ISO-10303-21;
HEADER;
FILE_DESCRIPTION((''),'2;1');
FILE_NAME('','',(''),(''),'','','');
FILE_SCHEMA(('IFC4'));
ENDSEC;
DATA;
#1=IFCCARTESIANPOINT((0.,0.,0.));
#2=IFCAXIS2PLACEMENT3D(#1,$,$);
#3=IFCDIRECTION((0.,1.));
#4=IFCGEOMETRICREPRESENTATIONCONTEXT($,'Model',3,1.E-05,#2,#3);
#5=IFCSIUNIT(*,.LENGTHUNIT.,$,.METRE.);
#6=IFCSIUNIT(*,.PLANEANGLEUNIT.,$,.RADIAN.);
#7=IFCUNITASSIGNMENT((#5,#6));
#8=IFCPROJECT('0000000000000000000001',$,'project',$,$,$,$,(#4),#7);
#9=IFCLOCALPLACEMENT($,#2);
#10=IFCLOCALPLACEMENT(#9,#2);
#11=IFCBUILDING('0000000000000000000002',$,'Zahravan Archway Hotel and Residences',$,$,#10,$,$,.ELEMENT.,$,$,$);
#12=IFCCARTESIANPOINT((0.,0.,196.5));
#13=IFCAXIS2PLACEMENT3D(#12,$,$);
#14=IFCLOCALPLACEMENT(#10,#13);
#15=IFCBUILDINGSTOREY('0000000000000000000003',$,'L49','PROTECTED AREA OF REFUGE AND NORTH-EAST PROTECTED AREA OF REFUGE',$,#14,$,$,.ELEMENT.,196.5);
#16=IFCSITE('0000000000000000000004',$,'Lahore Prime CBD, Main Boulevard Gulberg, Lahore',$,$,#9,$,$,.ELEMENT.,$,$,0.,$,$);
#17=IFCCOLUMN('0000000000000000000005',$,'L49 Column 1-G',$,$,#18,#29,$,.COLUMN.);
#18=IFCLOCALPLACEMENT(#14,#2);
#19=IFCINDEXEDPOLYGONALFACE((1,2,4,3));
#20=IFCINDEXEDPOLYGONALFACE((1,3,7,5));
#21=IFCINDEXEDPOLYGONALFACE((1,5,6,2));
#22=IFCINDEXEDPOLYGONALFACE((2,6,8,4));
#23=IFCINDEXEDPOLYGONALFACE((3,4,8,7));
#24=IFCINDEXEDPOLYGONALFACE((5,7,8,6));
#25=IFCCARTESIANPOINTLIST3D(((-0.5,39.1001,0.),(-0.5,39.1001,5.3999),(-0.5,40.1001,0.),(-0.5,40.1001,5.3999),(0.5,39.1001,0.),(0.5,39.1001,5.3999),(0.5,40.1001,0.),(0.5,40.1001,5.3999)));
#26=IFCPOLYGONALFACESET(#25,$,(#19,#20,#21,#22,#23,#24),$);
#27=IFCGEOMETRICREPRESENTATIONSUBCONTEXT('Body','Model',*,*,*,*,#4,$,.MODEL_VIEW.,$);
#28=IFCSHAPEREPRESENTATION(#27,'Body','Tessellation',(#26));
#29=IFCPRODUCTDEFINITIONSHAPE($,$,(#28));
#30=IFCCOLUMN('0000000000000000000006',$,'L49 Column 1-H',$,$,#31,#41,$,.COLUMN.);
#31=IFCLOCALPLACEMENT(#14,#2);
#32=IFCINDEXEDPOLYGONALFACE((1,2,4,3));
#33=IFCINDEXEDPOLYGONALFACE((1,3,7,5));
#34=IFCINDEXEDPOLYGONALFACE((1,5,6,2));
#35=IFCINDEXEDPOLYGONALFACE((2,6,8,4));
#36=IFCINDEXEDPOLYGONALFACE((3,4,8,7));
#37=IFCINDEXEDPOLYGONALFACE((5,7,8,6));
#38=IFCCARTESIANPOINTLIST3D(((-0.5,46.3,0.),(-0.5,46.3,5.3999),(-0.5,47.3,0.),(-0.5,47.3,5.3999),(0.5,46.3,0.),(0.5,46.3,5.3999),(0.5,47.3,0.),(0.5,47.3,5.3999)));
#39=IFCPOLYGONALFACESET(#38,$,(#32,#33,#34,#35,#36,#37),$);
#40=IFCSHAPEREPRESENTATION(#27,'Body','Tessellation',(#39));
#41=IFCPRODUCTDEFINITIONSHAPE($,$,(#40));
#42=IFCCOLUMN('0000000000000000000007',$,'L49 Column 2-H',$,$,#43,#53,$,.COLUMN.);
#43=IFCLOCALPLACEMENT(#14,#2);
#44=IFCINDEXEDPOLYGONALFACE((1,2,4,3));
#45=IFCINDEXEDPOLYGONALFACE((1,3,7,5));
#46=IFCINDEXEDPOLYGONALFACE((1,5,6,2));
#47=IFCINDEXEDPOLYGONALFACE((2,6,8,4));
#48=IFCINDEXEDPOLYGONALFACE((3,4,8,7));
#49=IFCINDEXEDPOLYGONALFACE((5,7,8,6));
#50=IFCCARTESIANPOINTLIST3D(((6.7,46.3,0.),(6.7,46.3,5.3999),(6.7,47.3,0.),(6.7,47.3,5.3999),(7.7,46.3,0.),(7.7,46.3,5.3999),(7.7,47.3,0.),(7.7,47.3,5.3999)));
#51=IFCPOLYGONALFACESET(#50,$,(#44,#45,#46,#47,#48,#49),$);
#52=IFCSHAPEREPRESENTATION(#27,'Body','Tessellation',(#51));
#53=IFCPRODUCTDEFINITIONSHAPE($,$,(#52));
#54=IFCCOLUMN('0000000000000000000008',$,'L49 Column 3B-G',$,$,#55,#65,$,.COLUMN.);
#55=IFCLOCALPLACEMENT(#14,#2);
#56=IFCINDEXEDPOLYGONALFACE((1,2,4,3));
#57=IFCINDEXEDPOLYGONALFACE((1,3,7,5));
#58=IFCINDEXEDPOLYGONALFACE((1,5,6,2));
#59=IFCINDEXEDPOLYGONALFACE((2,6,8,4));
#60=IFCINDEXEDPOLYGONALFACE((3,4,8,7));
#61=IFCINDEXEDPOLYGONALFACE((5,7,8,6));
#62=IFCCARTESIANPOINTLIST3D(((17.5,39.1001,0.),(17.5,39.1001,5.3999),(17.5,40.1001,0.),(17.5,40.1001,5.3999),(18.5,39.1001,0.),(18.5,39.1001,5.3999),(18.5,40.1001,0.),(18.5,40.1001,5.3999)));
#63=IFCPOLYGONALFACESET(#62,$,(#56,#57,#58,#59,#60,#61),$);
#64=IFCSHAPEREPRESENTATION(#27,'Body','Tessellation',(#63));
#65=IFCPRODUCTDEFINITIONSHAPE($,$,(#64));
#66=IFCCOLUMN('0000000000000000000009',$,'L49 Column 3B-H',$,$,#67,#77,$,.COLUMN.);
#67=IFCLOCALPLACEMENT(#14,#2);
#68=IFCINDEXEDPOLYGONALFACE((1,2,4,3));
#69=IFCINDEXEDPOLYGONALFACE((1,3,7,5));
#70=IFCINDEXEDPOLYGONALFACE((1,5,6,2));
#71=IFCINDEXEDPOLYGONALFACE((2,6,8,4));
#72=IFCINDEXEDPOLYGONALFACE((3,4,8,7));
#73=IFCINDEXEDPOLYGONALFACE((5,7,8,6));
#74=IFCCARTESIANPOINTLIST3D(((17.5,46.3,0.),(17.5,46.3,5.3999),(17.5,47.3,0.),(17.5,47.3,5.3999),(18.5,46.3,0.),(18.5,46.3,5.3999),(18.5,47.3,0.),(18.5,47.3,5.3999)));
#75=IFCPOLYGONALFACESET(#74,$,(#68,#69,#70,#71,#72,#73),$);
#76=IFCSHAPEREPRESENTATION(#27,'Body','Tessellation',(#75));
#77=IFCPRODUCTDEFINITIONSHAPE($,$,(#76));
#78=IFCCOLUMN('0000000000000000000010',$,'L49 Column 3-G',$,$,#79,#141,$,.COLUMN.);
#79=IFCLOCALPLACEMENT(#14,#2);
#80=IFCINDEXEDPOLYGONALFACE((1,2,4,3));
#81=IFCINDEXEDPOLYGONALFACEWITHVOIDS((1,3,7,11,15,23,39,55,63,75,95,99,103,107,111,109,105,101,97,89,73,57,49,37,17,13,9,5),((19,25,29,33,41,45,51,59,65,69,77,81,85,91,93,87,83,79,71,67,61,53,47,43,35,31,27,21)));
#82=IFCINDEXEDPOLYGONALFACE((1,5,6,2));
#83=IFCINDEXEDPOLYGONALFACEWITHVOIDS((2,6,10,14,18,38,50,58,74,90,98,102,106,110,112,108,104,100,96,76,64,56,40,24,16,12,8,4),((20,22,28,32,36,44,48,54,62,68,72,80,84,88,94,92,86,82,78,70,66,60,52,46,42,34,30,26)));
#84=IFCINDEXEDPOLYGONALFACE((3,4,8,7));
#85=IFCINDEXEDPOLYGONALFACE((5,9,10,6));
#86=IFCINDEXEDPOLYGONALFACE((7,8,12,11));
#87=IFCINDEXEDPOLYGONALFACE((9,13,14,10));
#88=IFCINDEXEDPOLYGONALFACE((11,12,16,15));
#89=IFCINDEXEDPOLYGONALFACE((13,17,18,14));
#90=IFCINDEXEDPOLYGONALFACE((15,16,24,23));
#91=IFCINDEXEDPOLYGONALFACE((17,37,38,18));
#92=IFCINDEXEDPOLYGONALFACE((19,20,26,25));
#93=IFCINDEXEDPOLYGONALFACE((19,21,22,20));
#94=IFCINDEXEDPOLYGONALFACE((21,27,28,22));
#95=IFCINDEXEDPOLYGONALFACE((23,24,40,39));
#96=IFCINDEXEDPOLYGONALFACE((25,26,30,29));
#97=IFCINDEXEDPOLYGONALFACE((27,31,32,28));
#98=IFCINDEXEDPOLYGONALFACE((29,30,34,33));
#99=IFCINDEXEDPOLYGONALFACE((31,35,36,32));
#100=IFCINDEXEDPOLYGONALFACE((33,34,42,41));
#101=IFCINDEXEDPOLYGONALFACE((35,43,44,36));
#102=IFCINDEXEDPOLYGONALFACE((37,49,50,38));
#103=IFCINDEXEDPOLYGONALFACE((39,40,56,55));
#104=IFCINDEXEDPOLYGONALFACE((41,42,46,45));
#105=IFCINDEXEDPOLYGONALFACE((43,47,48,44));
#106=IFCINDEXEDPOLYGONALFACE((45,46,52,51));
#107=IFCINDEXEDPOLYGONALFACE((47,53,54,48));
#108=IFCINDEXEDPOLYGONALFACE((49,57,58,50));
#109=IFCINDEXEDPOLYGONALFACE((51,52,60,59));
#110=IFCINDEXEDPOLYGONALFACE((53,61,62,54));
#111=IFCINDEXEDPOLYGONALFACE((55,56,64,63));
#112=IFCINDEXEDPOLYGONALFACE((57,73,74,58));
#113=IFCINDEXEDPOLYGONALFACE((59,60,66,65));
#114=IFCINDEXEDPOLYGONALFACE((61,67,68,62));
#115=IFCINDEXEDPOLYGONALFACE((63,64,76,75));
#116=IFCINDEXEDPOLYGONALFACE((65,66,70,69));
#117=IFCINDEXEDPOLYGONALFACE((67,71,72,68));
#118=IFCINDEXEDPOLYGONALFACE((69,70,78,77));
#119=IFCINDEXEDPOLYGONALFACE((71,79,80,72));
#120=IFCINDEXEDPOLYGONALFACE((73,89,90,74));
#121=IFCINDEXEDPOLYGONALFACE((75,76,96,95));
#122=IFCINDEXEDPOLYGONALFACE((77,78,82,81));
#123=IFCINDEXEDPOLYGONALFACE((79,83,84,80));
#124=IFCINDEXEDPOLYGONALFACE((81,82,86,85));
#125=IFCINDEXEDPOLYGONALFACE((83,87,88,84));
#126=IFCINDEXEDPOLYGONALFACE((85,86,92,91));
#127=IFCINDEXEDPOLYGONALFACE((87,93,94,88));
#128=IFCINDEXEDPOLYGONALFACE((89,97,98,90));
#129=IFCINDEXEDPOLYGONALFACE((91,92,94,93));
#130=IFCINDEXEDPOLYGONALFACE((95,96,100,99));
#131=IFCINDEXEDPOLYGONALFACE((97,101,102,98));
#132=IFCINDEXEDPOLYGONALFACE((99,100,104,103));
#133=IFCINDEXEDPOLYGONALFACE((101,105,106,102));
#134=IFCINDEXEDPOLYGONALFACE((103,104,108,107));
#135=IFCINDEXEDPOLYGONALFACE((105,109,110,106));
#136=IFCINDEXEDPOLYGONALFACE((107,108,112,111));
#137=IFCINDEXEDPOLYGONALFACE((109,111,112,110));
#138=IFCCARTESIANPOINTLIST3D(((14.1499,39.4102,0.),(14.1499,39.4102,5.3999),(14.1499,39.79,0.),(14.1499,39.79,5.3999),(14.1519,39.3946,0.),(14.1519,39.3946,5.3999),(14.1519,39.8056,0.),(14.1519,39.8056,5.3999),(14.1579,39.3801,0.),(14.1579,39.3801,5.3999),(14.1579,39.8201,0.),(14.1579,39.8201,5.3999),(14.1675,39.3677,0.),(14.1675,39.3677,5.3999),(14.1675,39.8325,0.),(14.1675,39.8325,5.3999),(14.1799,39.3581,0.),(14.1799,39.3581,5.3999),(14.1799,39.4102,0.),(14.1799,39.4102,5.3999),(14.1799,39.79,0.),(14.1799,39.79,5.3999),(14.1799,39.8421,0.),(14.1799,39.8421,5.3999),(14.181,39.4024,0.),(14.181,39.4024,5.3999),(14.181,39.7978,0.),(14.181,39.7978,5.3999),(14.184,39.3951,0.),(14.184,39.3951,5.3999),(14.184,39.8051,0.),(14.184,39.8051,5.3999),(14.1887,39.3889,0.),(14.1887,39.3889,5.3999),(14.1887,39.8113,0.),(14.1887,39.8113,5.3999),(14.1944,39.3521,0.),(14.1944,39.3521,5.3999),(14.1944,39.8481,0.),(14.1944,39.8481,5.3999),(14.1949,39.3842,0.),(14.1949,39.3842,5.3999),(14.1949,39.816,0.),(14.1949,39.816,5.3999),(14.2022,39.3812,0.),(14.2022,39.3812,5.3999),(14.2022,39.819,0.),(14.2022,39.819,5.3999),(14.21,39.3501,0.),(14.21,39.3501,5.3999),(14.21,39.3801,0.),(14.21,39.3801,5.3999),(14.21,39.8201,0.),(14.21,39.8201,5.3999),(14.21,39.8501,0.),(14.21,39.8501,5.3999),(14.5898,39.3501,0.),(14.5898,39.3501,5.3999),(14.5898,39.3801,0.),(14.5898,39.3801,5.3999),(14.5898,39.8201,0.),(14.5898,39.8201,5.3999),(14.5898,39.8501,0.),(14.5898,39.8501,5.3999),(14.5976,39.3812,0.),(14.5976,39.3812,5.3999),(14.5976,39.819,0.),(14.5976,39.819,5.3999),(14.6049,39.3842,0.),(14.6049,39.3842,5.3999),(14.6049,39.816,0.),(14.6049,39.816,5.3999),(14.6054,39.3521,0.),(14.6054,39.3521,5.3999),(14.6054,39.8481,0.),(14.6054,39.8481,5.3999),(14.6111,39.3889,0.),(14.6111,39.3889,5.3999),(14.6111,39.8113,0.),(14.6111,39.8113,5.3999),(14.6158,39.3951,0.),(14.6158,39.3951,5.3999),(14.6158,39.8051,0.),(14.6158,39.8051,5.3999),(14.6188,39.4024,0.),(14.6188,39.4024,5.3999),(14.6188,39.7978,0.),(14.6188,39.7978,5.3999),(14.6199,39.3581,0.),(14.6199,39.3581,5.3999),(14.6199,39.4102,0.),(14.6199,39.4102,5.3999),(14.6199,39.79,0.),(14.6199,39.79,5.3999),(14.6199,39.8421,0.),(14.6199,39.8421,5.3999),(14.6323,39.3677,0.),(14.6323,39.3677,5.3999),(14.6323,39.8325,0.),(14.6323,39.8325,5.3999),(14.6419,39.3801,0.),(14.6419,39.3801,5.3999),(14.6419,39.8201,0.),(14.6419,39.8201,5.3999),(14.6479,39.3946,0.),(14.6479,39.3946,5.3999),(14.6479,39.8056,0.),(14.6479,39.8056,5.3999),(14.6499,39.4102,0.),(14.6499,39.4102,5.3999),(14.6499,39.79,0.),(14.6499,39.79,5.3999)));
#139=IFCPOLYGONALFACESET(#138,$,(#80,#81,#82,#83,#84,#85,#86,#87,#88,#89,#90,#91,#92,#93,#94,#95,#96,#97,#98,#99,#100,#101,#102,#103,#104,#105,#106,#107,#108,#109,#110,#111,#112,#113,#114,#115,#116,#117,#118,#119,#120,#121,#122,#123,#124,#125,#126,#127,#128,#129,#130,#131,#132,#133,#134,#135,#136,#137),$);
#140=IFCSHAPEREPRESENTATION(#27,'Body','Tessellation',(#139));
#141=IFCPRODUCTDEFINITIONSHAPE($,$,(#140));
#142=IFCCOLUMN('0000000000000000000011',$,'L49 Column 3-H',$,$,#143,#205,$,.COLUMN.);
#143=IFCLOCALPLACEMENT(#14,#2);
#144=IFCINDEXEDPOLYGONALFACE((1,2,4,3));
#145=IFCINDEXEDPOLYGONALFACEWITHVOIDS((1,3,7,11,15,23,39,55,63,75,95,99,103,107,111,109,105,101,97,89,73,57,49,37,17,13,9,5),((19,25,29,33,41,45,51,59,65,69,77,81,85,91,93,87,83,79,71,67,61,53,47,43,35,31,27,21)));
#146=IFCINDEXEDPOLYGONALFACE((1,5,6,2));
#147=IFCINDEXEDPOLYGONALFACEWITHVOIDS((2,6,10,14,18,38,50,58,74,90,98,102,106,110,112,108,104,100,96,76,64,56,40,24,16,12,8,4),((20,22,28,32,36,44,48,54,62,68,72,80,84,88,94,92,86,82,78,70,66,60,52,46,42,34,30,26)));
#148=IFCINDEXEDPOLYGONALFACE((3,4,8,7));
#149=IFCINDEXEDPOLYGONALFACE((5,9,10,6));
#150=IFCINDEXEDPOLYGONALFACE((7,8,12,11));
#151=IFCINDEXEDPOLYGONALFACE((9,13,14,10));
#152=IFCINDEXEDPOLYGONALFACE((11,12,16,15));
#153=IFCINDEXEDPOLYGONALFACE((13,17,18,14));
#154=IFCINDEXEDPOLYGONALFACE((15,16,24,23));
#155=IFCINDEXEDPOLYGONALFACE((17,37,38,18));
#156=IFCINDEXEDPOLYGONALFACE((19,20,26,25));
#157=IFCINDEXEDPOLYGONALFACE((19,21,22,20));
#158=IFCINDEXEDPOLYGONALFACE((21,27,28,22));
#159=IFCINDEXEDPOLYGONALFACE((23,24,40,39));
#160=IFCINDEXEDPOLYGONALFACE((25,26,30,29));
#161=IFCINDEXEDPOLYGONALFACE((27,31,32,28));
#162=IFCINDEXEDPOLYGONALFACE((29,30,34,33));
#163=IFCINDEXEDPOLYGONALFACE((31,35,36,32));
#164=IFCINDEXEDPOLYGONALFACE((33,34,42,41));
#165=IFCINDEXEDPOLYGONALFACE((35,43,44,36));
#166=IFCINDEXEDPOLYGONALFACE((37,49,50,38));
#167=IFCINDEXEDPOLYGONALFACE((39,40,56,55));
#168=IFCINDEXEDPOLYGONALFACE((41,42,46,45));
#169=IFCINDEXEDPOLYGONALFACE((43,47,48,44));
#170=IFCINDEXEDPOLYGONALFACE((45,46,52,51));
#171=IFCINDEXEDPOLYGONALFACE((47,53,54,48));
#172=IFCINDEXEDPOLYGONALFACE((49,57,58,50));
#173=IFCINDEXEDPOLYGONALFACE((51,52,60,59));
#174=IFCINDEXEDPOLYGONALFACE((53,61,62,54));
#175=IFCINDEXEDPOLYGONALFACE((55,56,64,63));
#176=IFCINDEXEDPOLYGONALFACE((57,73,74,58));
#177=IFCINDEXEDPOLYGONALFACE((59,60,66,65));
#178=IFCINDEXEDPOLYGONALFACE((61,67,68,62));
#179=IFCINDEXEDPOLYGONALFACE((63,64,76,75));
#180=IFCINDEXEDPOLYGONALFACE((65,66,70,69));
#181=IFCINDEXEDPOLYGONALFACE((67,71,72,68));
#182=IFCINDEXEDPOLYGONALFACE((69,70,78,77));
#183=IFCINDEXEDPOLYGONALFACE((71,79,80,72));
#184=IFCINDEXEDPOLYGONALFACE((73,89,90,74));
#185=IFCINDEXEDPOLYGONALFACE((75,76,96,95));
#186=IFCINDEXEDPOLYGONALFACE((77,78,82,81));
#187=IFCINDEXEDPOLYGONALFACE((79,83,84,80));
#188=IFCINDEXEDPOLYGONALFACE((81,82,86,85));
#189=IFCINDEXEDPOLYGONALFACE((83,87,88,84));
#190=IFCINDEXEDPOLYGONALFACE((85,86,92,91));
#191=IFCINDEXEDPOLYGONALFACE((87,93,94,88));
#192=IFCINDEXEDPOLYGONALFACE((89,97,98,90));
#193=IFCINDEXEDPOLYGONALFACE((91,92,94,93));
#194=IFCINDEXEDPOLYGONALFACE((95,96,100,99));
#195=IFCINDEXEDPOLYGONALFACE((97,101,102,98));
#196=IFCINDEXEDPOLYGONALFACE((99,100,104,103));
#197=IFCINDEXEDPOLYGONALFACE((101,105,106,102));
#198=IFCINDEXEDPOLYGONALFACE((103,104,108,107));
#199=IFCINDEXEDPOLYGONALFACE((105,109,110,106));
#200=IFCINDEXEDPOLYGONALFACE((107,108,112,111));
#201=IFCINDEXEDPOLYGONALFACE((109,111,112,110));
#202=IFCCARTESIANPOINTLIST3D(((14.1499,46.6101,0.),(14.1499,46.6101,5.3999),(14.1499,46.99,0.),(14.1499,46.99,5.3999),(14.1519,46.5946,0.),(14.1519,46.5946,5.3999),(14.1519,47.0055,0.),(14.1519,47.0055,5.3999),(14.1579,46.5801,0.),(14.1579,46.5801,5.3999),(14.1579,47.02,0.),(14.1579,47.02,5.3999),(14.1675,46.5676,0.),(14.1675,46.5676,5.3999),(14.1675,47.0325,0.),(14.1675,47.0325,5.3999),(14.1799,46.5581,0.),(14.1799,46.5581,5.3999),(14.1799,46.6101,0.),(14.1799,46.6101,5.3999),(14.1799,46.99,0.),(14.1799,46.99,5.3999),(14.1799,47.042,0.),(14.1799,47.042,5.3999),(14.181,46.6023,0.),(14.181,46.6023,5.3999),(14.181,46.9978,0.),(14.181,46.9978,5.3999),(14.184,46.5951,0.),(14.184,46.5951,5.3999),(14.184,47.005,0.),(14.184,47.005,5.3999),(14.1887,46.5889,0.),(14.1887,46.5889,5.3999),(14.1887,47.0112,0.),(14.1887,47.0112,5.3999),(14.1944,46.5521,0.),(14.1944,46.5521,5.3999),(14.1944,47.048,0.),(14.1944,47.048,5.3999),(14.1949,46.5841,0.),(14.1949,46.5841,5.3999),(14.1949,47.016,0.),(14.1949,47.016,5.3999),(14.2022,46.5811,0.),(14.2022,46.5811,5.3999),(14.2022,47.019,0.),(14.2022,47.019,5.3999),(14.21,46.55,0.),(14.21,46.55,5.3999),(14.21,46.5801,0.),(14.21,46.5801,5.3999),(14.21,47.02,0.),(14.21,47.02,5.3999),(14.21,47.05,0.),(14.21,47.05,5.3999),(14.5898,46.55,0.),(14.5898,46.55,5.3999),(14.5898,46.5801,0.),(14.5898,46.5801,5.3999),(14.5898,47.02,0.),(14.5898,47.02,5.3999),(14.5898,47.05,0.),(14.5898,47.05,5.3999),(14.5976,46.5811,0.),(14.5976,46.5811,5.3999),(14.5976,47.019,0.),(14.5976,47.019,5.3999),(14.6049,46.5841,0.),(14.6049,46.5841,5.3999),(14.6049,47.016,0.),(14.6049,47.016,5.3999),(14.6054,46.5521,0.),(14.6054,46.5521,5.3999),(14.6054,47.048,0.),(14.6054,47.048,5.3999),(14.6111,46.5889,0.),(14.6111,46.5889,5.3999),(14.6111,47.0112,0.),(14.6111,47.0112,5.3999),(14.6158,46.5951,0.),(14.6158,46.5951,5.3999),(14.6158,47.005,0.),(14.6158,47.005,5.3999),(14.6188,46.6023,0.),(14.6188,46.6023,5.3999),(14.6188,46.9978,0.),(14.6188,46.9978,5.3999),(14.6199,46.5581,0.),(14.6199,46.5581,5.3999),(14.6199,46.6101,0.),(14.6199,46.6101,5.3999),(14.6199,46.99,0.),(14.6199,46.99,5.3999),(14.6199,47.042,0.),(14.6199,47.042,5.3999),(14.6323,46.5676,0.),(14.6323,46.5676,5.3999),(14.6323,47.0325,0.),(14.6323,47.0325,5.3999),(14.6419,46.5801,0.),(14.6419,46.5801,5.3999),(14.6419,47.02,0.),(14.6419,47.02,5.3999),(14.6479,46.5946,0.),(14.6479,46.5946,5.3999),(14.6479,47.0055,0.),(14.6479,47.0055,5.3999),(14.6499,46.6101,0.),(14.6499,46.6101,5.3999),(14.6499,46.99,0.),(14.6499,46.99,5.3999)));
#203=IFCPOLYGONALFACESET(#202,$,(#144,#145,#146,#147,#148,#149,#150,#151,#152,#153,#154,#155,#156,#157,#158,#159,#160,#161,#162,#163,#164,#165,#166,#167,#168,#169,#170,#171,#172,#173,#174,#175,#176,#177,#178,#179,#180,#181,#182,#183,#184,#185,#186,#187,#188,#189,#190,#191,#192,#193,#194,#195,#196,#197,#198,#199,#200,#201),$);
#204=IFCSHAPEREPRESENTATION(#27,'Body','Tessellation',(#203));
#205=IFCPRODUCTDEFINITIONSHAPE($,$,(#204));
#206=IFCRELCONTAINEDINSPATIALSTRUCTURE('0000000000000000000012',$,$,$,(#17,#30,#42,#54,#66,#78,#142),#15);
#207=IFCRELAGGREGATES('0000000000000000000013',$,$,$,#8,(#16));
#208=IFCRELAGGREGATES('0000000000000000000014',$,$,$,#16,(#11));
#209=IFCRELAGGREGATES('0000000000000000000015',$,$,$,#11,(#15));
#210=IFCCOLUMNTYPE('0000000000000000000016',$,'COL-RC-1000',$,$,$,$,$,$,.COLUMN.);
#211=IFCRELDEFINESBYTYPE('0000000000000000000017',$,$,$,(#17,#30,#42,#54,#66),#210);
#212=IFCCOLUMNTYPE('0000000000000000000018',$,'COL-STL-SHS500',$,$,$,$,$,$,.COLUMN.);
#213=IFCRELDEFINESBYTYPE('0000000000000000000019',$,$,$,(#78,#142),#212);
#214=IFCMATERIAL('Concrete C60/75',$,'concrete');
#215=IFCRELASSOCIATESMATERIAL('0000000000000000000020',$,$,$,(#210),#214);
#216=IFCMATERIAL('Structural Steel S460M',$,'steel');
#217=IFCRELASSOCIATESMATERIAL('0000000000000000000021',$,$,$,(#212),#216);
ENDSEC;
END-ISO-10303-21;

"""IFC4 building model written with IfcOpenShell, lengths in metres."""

from ifc_helpers import new_model, si_unit, direction, frame, origin, origin_2d, place, context, subcontext, project, spatial, rectangle, hollow_rectangle, extrude, source, transform, mapped, material, material_profile, profile_set, type_object, type_shapes, element, save


model = new_model("IFC4")

# Units and contexts
model_context = context("Model", 3, precision=1e-05, world=origin(), true_north=direction((0.0, 1.0)))
body_context = subcontext(model_context, "Body", "Model", "MODEL_VIEW")
ifc_project = project(units=[si_unit("LENGTHUNIT", "METRE"), si_unit("PLANEANGLEUNIT", "RADIAN")], contexts=[model_context])

# Site, building, storey
site_placement = place(None, origin())
site = spatial("IfcSite", under=ifc_project, at=site_placement, Name="Lahore Prime CBD, Main Boulevard Gulberg, Lahore", CompositionType="ELEMENT", RefElevation=0.0)
building_placement = place(site_placement, origin())
building = spatial("IfcBuilding", under=site, at=building_placement, Name="Zahravan Archway Hotel and Residences", CompositionType="ELEMENT")
storey_placement = place(building_placement, frame((0.0, 0.0, 196.5)))
storey = spatial("IfcBuildingStorey", under=building, at=storey_placement, Name="L49", Description="PROTECTED AREA OF REFUGE AND NORTH-EAST PROTECTED AREA OF REFUGE", CompositionType="ELEMENT", Elevation=196.5)

# Columns
ifc_material_1 = material(Name="Concrete C60/75", Category="concrete")
ifc_material_profile_1 = material_profile(ifc_material_1, rectangle(XDim=1.0, YDim=1.0, at=origin_2d()), Name="RC-COL-1000x1000", Category="concrete")
ifc_profile_set_1 = profile_set([ifc_material_profile_1], Name="Concrete C60/75")
column_type_1 = type_object("IfcColumnType", Name="COL-RC-1000", PredefinedType="COLUMN", material=ifc_profile_set_1)
shared_shape_1 = source(origin(), body_context, "Body", "SweptSolid", [
    extrude(rectangle(XDim=1.0, YDim=1.0, at=origin_2d()), origin(), (0.0, 0.0, 1.0), 5.3999),
])
for number, where, z_axis, x_axis, name in (
    (1, (0.0, 39.6001, 0.0), (0.0, 0.0, 1.0), (1.0, 0.0, 0.0), "L49 Column 1-G"),
    (2, (0.0, 46.8, 0.0), (0.0, 0.0, 1.0), (1.0, 0.0, 0.0), "L49 Column 1-H"),
    (3, (7.2, 46.8, 0.0), (0.0, 0.0, 1.0), (1.0, 0.0, 0.0), "L49 Column 2-H"),
    (4, (18.0, 39.6001, 0.0), (0.0, 0.0, 1.0), (1.0, 0.0, 0.0), "L49 Column 3B-G"),
    (5, (18.0, 46.8, 0.0), (0.0, 0.0, 1.0), (1.0, 0.0, 0.0), "L49 Column 3B-H"),
):
    element("IfcColumn", number, at=place(storey_placement, frame(where, z_axis=z_axis, x_axis=x_axis)), inside=storey, type_object=column_type_1, Name=name, PredefinedType="COLUMN", context=body_context, shape_type="MappedRepresentation", body=[
        mapped(shared_shape_1, transform((0.0, 0.0, 0.0), scale=1.0)),
    ])
ifc_material_2 = material(Name="Structural Steel S460M", Category="steel")
ifc_material_profile_2 = material_profile(ifc_material_2, hollow_rectangle(XDim=0.5, YDim=0.5, WallThickness=0.03, InnerFilletRadius=0.03, OuterFilletRadius=0.0601, at=origin_2d()), Name="SHS 500x500x30", Category="steel")
ifc_profile_set_2 = profile_set([ifc_material_profile_2], Name="Structural Steel S460M")
column_type_2 = type_object("IfcColumnType", Name="COL-STL-SHS500", PredefinedType="COLUMN", material=ifc_profile_set_2)
shared_shape_2 = source(origin(), body_context, "Body", "SweptSolid", [
    extrude(hollow_rectangle(XDim=0.5, YDim=0.5, WallThickness=0.03, InnerFilletRadius=0.03, OuterFilletRadius=0.0601, at=origin_2d()), origin(), (0.0, 0.0, 1.0), 5.3999),
])
type_shapes(column_type_2, [shared_shape_2])
for number, where, z_axis, x_axis, name in (
    (6, (14.3999, 39.6001, 0.0), (0.0, 0.0, 1.0), (1.0, 0.0, 0.0), "L49 Column 3-G"),
    (7, (14.3999, 46.8, 0.0), (0.0, 0.0, 1.0), (1.0, 0.0, 0.0), "L49 Column 3-H"),
):
    element("IfcColumn", number, at=place(storey_placement, frame(where, z_axis=z_axis, x_axis=x_axis)), inside=storey, type_object=column_type_2, Name=name, PredefinedType="COLUMN", context=body_context, shape_type="MappedRepresentation", body=[
        mapped(shared_shape_2, transform((0.0, 0.0, 0.0), scale=1.0)),
    ])

save(model, "model.ifc")
